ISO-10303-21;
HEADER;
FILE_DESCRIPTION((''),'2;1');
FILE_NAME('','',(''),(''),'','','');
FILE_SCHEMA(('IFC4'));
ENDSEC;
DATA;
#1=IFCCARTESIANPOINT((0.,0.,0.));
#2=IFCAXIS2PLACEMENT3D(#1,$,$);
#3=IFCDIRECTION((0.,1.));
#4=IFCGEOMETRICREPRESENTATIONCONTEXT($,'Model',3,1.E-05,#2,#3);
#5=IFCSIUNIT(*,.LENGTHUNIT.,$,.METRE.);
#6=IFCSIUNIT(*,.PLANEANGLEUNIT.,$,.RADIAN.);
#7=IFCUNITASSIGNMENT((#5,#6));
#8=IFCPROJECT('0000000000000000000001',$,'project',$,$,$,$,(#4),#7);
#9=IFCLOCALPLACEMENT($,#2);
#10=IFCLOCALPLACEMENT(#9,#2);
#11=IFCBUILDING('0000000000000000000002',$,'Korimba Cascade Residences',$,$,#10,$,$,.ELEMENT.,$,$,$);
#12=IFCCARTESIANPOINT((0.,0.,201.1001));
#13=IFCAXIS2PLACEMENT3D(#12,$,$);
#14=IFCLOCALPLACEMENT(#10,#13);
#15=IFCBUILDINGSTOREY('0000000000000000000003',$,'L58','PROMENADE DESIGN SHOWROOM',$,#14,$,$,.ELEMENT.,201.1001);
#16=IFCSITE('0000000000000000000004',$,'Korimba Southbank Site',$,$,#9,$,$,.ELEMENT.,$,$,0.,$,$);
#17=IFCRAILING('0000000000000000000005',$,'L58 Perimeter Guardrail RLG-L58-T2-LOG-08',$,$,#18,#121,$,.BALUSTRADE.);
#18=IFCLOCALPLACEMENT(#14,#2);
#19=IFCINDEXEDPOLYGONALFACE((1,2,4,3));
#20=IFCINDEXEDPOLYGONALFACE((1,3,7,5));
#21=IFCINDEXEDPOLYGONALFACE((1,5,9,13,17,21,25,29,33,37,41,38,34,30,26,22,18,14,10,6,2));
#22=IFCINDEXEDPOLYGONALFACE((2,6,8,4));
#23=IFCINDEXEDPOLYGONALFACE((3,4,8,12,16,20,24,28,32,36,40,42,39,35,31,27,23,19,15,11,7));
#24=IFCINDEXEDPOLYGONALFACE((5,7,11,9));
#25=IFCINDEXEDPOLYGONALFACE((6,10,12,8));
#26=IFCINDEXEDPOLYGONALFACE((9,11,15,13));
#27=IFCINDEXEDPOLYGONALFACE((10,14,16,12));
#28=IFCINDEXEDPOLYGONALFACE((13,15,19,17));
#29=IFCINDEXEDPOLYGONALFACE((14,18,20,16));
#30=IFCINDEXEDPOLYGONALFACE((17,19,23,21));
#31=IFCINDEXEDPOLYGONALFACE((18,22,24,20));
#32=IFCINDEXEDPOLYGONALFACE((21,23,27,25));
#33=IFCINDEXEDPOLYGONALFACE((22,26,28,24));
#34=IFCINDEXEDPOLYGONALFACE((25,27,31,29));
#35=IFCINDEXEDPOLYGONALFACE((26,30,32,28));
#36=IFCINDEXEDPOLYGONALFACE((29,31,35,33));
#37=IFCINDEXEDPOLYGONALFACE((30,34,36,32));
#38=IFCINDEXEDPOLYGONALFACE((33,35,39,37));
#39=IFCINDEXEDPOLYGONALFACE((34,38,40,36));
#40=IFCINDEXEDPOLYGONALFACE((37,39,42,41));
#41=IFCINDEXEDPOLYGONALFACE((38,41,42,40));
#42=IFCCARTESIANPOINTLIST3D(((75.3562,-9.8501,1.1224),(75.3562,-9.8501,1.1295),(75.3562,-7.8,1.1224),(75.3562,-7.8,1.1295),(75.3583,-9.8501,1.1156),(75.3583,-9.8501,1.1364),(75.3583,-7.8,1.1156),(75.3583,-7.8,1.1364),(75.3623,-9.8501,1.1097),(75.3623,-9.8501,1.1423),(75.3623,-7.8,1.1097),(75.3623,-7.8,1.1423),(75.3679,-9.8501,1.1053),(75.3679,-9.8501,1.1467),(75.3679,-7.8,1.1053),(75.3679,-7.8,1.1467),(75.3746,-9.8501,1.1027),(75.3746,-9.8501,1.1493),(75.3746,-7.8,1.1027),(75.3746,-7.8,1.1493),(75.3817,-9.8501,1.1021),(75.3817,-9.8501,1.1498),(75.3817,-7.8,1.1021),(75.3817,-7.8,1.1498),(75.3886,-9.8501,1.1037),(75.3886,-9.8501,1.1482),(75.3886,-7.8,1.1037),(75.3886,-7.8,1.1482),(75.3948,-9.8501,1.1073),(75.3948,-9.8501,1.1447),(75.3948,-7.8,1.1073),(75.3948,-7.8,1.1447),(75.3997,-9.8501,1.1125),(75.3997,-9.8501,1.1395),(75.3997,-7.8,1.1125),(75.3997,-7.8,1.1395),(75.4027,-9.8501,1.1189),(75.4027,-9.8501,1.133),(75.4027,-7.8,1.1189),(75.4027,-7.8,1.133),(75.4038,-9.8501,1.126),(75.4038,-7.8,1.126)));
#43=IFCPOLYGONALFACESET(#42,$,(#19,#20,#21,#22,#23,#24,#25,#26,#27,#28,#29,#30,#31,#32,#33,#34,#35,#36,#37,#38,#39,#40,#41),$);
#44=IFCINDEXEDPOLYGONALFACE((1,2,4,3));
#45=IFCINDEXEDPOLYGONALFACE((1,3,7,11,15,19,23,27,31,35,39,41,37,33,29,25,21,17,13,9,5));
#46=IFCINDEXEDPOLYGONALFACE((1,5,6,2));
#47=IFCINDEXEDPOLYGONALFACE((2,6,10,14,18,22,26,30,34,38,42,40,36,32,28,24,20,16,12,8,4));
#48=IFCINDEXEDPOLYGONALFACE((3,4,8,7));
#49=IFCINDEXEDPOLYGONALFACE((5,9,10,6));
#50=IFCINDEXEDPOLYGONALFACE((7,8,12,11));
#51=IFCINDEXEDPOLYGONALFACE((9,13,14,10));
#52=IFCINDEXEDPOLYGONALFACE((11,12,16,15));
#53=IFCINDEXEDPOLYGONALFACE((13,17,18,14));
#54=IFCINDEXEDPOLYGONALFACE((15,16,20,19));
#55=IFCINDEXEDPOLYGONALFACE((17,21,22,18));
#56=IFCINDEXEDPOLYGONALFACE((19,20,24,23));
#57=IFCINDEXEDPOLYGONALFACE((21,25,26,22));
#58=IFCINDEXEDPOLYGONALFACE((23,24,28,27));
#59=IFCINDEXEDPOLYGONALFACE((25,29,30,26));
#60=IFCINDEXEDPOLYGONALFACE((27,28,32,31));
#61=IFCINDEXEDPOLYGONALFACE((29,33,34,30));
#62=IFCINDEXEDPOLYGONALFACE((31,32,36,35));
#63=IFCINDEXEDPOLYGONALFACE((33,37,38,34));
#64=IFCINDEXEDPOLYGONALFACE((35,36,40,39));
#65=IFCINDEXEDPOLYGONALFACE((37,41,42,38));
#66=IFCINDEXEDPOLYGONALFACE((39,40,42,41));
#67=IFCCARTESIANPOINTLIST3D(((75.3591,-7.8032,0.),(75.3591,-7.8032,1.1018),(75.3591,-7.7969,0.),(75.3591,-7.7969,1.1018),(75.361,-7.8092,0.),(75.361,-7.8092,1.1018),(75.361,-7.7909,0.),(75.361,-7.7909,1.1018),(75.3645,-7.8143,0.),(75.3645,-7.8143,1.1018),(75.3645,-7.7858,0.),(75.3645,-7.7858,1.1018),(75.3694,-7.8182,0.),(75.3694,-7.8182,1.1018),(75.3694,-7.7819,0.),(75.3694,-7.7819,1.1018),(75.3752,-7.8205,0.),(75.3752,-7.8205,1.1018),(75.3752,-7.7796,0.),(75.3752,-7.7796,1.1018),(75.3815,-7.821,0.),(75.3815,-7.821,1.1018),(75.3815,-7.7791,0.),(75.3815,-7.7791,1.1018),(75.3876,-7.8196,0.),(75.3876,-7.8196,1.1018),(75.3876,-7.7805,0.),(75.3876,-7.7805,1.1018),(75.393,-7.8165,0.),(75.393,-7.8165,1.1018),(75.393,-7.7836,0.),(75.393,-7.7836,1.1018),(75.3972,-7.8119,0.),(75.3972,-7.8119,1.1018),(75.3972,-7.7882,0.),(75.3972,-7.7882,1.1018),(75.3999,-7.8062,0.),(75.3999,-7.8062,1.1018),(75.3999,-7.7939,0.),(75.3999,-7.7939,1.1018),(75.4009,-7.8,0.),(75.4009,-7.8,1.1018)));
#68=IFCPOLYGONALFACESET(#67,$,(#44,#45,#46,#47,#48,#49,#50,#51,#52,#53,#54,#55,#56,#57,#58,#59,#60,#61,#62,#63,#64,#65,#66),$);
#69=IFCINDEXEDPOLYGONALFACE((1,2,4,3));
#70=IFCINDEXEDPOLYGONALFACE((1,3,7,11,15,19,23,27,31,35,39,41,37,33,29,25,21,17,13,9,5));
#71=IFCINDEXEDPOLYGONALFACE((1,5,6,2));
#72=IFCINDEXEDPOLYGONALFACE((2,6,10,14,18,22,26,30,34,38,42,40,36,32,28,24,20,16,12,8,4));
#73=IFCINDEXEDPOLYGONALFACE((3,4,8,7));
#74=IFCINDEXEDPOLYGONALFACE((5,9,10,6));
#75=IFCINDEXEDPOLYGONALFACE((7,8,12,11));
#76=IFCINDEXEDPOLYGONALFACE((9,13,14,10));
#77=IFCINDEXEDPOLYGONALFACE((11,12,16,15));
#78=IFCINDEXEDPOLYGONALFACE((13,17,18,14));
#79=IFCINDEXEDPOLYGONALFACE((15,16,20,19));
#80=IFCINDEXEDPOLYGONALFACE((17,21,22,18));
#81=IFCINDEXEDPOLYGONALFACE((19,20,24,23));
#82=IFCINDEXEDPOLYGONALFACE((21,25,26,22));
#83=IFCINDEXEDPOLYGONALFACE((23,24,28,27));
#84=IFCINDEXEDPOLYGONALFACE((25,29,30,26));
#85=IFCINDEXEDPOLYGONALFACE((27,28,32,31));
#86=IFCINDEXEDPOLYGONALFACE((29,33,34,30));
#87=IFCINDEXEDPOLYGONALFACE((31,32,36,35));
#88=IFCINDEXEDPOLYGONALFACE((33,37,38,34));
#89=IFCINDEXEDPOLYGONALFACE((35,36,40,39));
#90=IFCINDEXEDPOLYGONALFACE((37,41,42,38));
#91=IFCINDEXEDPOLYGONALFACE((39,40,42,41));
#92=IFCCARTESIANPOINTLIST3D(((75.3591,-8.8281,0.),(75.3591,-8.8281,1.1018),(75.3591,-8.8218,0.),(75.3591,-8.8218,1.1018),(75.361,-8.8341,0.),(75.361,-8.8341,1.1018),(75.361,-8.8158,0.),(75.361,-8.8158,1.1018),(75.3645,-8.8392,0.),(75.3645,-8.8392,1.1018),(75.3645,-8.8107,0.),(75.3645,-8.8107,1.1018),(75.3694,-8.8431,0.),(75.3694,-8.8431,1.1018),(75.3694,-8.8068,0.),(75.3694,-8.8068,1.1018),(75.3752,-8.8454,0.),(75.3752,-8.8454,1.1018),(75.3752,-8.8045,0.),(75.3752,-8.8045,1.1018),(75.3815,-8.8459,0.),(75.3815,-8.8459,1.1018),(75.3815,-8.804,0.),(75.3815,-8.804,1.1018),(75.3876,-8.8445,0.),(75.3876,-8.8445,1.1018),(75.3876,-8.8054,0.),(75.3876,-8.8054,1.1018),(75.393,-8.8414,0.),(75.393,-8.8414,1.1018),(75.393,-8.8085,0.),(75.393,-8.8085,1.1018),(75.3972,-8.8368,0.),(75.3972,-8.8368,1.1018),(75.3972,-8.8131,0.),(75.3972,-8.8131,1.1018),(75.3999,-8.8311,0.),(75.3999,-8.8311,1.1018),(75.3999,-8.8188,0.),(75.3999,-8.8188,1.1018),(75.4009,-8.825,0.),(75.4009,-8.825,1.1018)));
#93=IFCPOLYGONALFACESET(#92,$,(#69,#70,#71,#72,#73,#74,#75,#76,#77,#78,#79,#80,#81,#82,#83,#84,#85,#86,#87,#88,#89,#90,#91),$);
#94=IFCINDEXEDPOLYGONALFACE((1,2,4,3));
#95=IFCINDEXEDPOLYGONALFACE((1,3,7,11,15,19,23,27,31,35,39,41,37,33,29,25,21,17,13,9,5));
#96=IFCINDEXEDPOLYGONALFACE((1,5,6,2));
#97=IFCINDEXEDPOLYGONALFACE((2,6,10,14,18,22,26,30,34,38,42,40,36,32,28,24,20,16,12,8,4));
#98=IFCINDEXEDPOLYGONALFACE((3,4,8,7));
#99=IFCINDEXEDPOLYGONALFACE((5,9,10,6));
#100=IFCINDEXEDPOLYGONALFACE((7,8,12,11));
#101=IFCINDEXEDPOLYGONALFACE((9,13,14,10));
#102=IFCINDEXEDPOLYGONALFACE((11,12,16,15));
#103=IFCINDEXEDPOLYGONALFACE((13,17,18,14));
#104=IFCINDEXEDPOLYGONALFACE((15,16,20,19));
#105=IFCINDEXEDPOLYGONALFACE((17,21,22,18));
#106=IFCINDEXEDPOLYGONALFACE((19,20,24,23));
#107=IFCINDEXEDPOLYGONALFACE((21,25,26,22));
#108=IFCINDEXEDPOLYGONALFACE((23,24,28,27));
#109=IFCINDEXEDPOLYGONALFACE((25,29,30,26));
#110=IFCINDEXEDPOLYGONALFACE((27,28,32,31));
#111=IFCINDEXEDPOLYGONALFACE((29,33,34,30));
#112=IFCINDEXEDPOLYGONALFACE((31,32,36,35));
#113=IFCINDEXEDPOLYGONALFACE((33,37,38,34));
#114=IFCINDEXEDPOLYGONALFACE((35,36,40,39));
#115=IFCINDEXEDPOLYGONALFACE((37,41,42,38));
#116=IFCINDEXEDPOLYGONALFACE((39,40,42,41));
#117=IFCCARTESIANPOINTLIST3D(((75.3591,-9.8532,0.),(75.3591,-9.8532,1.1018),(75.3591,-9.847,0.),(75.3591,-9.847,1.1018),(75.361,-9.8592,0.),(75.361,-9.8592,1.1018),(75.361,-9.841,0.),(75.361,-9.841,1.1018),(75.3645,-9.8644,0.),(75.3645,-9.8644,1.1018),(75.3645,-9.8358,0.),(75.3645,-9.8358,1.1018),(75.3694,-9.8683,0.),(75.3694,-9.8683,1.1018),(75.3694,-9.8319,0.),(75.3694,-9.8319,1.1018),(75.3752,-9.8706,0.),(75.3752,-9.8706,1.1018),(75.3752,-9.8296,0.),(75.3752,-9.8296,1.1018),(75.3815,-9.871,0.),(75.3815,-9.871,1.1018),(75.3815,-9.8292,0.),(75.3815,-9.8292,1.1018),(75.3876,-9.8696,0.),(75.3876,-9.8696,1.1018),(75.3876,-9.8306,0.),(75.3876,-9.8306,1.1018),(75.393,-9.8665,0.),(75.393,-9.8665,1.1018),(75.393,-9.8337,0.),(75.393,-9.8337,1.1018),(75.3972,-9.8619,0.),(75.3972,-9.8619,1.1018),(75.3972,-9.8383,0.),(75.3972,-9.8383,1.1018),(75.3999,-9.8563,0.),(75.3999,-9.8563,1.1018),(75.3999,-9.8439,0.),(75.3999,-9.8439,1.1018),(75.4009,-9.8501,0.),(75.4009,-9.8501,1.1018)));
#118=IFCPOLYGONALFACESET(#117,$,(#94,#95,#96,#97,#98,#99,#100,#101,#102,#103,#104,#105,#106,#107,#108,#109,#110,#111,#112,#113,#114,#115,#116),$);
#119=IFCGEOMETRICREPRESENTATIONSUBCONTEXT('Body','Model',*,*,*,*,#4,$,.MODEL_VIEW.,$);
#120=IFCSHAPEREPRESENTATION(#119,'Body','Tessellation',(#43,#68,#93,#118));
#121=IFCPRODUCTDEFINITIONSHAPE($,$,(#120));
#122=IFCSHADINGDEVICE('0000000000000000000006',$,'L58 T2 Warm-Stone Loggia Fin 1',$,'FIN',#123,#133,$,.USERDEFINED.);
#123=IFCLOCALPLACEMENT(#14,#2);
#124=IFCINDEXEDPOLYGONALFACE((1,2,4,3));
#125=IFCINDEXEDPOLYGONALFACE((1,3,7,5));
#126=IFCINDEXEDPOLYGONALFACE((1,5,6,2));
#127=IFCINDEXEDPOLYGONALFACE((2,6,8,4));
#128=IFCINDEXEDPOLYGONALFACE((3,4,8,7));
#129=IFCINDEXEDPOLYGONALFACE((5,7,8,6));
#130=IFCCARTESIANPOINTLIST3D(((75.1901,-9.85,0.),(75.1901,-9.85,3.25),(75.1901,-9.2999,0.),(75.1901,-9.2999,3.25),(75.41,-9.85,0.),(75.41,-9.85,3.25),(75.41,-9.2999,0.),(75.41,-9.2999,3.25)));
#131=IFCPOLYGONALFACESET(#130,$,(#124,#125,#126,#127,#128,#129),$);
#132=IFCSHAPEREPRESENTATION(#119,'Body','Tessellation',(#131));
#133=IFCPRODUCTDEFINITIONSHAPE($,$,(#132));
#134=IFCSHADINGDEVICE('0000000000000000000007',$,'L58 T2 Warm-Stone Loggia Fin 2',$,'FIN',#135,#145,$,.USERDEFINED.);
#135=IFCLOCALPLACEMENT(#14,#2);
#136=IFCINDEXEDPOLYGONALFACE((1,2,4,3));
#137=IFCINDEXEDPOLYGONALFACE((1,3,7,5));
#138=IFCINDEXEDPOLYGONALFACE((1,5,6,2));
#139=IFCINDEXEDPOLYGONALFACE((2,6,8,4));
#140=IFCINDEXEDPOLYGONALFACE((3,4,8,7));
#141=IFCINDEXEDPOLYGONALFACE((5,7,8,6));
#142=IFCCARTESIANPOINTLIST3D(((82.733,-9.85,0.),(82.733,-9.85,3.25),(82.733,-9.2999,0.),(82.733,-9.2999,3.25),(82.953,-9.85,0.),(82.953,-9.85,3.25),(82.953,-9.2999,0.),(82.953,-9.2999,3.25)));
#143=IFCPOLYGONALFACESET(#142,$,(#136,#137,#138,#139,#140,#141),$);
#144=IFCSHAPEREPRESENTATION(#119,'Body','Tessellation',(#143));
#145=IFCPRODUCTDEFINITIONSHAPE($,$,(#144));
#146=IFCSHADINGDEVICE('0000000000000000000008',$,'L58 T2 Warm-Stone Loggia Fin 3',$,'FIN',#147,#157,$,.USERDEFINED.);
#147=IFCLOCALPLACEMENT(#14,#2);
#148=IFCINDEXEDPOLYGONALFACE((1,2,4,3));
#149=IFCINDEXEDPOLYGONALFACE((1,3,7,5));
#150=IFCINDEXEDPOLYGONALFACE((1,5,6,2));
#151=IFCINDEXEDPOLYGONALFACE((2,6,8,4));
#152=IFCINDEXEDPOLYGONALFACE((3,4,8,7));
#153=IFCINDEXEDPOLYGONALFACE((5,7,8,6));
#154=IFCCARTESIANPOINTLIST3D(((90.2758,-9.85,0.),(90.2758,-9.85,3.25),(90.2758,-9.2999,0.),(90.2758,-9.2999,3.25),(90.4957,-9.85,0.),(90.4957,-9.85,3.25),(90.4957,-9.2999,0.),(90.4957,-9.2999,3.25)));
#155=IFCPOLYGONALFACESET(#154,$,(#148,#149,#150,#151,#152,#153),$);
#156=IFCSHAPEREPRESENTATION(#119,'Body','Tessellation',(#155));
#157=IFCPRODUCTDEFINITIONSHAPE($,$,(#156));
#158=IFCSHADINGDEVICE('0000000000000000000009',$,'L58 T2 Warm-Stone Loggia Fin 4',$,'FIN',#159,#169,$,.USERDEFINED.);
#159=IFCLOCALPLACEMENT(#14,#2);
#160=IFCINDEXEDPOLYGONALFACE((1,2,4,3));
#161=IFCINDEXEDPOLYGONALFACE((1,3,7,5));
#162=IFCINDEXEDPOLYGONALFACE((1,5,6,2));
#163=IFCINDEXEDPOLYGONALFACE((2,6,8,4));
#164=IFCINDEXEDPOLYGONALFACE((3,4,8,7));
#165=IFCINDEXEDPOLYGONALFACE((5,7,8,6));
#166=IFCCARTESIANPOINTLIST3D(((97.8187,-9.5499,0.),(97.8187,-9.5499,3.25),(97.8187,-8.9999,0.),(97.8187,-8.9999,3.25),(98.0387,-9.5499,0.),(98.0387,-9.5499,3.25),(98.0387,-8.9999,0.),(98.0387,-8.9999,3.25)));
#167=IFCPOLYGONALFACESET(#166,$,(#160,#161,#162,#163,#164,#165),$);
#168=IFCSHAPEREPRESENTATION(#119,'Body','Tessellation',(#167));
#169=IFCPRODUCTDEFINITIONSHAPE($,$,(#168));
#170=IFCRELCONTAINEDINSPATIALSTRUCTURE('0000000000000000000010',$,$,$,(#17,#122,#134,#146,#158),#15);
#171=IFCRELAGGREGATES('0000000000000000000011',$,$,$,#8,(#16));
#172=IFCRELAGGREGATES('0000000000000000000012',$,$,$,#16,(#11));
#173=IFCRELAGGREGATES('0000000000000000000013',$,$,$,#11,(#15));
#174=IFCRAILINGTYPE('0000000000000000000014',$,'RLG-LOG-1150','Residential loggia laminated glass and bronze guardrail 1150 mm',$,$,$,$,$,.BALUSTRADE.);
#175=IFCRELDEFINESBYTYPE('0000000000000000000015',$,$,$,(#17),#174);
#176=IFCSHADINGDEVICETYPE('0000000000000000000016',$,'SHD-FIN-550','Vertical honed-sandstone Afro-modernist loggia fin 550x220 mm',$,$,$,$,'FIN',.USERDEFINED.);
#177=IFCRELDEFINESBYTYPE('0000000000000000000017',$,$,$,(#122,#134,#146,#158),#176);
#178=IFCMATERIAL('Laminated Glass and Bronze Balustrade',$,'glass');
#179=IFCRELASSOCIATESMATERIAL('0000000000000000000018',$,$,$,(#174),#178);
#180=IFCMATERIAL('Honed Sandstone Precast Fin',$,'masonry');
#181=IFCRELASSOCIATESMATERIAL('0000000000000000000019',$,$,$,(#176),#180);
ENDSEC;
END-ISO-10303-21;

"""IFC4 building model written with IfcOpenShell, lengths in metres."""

from ifc_helpers import new_model, si_unit, direction, frame, origin, origin_2d, place, context, subcontext, project, spatial, rectangle, circle, extrude, material, type_object, element, save


model = new_model("IFC4")

# Units and contexts
model_context = context("Model", 3, precision=1e-05, world=origin(), true_north=direction((0.0, 1.0)))
body_context = subcontext(model_context, "Body", "Model", "MODEL_VIEW")
ifc_project = project(units=[si_unit("LENGTHUNIT", "METRE"), si_unit("PLANEANGLEUNIT", "RADIAN")], contexts=[model_context])

# Site, building, storey
site_placement = place(None, origin())
site = spatial("IfcSite", under=ifc_project, at=site_placement, Name="Korimba Southbank Site", CompositionType="ELEMENT", RefElevation=0.0)
building_placement = place(site_placement, origin())
building = spatial("IfcBuilding", under=site, at=building_placement, Name="Korimba Cascade Residences", CompositionType="ELEMENT")
storey_placement = place(building_placement, frame((0.0, 0.0, 201.1001)))
storey = spatial("IfcBuildingStorey", under=building, at=storey_placement, Name="L58", Description="PROMENADE DESIGN SHOWROOM", CompositionType="ELEMENT", Elevation=201.1001)

# Railing
ifc_material_1 = material(Name="Laminated Glass and Bronze Balustrade", Category="glass")
railing_type = type_object("IfcRailingType", Name="RLG-LOG-1150", Description="Residential loggia laminated glass and bronze guardrail 1150 mm", PredefinedType="BALUSTRADE", material=ifc_material_1)
railing_1_placement = place(storey_placement, frame((75.3799, -7.8, 0.0)))
element("IfcRailing", 1, at=railing_1_placement, inside=storey, type_object=railing_type, Name="L58 Perimeter Guardrail RLG-L58-T2-LOG-08", PredefinedType="BALUSTRADE", context=body_context, shape_type="SweptSolid", body=[
    extrude(circle(Radius=0.0239, at=origin_2d()), frame((0.0, 0.0, 1.126), z_axis=(0.0, -1.0, 0.0), x_axis=(1.0, 0.0, 0.0)), (0.0, 0.0, 1.0), 2.05),
    extrude(circle(Radius=0.021, at=origin_2d()), origin(), (0.0, 0.0, 1.0), 1.1018),
    extrude(circle(Radius=0.021, at=origin_2d()), frame((0.0, -1.0249, 0.0)), (0.0, 0.0, 1.0), 1.1018),
    extrude(circle(Radius=0.021, at=origin_2d()), frame((0.0, -2.05, 0.0)), (0.0, 0.0, 1.0), 1.1018),
])

# Shading devices
ifc_material_2 = material(Name="Honed Sandstone Precast Fin", Category="masonry")
shading_device_type = type_object("IfcShadingDeviceType", Name="SHD-FIN-550", Description="Vertical honed-sandstone Afro-modernist loggia fin 550x220 mm", ElementType="FIN", PredefinedType="USERDEFINED", material=ifc_material_2)
for number, where, z_axis, x_axis, name in (
    (2, (75.3, -9.575, 0.0), (0.0, 0.0, 1.0), (1.0, 0.0, 0.0), "L58 T2 Warm-Stone Loggia Fin 1"),
    (3, (82.843, -9.575, 0.0), (0.0, 0.0, 1.0), (1.0, 0.0, 0.0), "L58 T2 Warm-Stone Loggia Fin 2"),
    (4, (90.3857, -9.575, 0.0), (0.0, 0.0, 1.0), (1.0, 0.0, 0.0), "L58 T2 Warm-Stone Loggia Fin 3"),
    (5, (97.9287, -9.2749, 0.0), (0.0, 0.0, 1.0), (1.0, 0.0, 0.0), "L58 T2 Warm-Stone Loggia Fin 4"),
):
    element("IfcShadingDevice", number, at=place(storey_placement, frame(where, z_axis=z_axis, x_axis=x_axis)), inside=storey, type_object=shading_device_type, Name=name, ObjectType="FIN", PredefinedType="USERDEFINED", context=body_context, shape_type="SweptSolid", body=[
        extrude(rectangle(XDim=0.22, YDim=0.55, at=origin_2d()), origin(), (0.0, 0.0, 1.0), 3.25),
    ])

save(model, "model.ifc")
